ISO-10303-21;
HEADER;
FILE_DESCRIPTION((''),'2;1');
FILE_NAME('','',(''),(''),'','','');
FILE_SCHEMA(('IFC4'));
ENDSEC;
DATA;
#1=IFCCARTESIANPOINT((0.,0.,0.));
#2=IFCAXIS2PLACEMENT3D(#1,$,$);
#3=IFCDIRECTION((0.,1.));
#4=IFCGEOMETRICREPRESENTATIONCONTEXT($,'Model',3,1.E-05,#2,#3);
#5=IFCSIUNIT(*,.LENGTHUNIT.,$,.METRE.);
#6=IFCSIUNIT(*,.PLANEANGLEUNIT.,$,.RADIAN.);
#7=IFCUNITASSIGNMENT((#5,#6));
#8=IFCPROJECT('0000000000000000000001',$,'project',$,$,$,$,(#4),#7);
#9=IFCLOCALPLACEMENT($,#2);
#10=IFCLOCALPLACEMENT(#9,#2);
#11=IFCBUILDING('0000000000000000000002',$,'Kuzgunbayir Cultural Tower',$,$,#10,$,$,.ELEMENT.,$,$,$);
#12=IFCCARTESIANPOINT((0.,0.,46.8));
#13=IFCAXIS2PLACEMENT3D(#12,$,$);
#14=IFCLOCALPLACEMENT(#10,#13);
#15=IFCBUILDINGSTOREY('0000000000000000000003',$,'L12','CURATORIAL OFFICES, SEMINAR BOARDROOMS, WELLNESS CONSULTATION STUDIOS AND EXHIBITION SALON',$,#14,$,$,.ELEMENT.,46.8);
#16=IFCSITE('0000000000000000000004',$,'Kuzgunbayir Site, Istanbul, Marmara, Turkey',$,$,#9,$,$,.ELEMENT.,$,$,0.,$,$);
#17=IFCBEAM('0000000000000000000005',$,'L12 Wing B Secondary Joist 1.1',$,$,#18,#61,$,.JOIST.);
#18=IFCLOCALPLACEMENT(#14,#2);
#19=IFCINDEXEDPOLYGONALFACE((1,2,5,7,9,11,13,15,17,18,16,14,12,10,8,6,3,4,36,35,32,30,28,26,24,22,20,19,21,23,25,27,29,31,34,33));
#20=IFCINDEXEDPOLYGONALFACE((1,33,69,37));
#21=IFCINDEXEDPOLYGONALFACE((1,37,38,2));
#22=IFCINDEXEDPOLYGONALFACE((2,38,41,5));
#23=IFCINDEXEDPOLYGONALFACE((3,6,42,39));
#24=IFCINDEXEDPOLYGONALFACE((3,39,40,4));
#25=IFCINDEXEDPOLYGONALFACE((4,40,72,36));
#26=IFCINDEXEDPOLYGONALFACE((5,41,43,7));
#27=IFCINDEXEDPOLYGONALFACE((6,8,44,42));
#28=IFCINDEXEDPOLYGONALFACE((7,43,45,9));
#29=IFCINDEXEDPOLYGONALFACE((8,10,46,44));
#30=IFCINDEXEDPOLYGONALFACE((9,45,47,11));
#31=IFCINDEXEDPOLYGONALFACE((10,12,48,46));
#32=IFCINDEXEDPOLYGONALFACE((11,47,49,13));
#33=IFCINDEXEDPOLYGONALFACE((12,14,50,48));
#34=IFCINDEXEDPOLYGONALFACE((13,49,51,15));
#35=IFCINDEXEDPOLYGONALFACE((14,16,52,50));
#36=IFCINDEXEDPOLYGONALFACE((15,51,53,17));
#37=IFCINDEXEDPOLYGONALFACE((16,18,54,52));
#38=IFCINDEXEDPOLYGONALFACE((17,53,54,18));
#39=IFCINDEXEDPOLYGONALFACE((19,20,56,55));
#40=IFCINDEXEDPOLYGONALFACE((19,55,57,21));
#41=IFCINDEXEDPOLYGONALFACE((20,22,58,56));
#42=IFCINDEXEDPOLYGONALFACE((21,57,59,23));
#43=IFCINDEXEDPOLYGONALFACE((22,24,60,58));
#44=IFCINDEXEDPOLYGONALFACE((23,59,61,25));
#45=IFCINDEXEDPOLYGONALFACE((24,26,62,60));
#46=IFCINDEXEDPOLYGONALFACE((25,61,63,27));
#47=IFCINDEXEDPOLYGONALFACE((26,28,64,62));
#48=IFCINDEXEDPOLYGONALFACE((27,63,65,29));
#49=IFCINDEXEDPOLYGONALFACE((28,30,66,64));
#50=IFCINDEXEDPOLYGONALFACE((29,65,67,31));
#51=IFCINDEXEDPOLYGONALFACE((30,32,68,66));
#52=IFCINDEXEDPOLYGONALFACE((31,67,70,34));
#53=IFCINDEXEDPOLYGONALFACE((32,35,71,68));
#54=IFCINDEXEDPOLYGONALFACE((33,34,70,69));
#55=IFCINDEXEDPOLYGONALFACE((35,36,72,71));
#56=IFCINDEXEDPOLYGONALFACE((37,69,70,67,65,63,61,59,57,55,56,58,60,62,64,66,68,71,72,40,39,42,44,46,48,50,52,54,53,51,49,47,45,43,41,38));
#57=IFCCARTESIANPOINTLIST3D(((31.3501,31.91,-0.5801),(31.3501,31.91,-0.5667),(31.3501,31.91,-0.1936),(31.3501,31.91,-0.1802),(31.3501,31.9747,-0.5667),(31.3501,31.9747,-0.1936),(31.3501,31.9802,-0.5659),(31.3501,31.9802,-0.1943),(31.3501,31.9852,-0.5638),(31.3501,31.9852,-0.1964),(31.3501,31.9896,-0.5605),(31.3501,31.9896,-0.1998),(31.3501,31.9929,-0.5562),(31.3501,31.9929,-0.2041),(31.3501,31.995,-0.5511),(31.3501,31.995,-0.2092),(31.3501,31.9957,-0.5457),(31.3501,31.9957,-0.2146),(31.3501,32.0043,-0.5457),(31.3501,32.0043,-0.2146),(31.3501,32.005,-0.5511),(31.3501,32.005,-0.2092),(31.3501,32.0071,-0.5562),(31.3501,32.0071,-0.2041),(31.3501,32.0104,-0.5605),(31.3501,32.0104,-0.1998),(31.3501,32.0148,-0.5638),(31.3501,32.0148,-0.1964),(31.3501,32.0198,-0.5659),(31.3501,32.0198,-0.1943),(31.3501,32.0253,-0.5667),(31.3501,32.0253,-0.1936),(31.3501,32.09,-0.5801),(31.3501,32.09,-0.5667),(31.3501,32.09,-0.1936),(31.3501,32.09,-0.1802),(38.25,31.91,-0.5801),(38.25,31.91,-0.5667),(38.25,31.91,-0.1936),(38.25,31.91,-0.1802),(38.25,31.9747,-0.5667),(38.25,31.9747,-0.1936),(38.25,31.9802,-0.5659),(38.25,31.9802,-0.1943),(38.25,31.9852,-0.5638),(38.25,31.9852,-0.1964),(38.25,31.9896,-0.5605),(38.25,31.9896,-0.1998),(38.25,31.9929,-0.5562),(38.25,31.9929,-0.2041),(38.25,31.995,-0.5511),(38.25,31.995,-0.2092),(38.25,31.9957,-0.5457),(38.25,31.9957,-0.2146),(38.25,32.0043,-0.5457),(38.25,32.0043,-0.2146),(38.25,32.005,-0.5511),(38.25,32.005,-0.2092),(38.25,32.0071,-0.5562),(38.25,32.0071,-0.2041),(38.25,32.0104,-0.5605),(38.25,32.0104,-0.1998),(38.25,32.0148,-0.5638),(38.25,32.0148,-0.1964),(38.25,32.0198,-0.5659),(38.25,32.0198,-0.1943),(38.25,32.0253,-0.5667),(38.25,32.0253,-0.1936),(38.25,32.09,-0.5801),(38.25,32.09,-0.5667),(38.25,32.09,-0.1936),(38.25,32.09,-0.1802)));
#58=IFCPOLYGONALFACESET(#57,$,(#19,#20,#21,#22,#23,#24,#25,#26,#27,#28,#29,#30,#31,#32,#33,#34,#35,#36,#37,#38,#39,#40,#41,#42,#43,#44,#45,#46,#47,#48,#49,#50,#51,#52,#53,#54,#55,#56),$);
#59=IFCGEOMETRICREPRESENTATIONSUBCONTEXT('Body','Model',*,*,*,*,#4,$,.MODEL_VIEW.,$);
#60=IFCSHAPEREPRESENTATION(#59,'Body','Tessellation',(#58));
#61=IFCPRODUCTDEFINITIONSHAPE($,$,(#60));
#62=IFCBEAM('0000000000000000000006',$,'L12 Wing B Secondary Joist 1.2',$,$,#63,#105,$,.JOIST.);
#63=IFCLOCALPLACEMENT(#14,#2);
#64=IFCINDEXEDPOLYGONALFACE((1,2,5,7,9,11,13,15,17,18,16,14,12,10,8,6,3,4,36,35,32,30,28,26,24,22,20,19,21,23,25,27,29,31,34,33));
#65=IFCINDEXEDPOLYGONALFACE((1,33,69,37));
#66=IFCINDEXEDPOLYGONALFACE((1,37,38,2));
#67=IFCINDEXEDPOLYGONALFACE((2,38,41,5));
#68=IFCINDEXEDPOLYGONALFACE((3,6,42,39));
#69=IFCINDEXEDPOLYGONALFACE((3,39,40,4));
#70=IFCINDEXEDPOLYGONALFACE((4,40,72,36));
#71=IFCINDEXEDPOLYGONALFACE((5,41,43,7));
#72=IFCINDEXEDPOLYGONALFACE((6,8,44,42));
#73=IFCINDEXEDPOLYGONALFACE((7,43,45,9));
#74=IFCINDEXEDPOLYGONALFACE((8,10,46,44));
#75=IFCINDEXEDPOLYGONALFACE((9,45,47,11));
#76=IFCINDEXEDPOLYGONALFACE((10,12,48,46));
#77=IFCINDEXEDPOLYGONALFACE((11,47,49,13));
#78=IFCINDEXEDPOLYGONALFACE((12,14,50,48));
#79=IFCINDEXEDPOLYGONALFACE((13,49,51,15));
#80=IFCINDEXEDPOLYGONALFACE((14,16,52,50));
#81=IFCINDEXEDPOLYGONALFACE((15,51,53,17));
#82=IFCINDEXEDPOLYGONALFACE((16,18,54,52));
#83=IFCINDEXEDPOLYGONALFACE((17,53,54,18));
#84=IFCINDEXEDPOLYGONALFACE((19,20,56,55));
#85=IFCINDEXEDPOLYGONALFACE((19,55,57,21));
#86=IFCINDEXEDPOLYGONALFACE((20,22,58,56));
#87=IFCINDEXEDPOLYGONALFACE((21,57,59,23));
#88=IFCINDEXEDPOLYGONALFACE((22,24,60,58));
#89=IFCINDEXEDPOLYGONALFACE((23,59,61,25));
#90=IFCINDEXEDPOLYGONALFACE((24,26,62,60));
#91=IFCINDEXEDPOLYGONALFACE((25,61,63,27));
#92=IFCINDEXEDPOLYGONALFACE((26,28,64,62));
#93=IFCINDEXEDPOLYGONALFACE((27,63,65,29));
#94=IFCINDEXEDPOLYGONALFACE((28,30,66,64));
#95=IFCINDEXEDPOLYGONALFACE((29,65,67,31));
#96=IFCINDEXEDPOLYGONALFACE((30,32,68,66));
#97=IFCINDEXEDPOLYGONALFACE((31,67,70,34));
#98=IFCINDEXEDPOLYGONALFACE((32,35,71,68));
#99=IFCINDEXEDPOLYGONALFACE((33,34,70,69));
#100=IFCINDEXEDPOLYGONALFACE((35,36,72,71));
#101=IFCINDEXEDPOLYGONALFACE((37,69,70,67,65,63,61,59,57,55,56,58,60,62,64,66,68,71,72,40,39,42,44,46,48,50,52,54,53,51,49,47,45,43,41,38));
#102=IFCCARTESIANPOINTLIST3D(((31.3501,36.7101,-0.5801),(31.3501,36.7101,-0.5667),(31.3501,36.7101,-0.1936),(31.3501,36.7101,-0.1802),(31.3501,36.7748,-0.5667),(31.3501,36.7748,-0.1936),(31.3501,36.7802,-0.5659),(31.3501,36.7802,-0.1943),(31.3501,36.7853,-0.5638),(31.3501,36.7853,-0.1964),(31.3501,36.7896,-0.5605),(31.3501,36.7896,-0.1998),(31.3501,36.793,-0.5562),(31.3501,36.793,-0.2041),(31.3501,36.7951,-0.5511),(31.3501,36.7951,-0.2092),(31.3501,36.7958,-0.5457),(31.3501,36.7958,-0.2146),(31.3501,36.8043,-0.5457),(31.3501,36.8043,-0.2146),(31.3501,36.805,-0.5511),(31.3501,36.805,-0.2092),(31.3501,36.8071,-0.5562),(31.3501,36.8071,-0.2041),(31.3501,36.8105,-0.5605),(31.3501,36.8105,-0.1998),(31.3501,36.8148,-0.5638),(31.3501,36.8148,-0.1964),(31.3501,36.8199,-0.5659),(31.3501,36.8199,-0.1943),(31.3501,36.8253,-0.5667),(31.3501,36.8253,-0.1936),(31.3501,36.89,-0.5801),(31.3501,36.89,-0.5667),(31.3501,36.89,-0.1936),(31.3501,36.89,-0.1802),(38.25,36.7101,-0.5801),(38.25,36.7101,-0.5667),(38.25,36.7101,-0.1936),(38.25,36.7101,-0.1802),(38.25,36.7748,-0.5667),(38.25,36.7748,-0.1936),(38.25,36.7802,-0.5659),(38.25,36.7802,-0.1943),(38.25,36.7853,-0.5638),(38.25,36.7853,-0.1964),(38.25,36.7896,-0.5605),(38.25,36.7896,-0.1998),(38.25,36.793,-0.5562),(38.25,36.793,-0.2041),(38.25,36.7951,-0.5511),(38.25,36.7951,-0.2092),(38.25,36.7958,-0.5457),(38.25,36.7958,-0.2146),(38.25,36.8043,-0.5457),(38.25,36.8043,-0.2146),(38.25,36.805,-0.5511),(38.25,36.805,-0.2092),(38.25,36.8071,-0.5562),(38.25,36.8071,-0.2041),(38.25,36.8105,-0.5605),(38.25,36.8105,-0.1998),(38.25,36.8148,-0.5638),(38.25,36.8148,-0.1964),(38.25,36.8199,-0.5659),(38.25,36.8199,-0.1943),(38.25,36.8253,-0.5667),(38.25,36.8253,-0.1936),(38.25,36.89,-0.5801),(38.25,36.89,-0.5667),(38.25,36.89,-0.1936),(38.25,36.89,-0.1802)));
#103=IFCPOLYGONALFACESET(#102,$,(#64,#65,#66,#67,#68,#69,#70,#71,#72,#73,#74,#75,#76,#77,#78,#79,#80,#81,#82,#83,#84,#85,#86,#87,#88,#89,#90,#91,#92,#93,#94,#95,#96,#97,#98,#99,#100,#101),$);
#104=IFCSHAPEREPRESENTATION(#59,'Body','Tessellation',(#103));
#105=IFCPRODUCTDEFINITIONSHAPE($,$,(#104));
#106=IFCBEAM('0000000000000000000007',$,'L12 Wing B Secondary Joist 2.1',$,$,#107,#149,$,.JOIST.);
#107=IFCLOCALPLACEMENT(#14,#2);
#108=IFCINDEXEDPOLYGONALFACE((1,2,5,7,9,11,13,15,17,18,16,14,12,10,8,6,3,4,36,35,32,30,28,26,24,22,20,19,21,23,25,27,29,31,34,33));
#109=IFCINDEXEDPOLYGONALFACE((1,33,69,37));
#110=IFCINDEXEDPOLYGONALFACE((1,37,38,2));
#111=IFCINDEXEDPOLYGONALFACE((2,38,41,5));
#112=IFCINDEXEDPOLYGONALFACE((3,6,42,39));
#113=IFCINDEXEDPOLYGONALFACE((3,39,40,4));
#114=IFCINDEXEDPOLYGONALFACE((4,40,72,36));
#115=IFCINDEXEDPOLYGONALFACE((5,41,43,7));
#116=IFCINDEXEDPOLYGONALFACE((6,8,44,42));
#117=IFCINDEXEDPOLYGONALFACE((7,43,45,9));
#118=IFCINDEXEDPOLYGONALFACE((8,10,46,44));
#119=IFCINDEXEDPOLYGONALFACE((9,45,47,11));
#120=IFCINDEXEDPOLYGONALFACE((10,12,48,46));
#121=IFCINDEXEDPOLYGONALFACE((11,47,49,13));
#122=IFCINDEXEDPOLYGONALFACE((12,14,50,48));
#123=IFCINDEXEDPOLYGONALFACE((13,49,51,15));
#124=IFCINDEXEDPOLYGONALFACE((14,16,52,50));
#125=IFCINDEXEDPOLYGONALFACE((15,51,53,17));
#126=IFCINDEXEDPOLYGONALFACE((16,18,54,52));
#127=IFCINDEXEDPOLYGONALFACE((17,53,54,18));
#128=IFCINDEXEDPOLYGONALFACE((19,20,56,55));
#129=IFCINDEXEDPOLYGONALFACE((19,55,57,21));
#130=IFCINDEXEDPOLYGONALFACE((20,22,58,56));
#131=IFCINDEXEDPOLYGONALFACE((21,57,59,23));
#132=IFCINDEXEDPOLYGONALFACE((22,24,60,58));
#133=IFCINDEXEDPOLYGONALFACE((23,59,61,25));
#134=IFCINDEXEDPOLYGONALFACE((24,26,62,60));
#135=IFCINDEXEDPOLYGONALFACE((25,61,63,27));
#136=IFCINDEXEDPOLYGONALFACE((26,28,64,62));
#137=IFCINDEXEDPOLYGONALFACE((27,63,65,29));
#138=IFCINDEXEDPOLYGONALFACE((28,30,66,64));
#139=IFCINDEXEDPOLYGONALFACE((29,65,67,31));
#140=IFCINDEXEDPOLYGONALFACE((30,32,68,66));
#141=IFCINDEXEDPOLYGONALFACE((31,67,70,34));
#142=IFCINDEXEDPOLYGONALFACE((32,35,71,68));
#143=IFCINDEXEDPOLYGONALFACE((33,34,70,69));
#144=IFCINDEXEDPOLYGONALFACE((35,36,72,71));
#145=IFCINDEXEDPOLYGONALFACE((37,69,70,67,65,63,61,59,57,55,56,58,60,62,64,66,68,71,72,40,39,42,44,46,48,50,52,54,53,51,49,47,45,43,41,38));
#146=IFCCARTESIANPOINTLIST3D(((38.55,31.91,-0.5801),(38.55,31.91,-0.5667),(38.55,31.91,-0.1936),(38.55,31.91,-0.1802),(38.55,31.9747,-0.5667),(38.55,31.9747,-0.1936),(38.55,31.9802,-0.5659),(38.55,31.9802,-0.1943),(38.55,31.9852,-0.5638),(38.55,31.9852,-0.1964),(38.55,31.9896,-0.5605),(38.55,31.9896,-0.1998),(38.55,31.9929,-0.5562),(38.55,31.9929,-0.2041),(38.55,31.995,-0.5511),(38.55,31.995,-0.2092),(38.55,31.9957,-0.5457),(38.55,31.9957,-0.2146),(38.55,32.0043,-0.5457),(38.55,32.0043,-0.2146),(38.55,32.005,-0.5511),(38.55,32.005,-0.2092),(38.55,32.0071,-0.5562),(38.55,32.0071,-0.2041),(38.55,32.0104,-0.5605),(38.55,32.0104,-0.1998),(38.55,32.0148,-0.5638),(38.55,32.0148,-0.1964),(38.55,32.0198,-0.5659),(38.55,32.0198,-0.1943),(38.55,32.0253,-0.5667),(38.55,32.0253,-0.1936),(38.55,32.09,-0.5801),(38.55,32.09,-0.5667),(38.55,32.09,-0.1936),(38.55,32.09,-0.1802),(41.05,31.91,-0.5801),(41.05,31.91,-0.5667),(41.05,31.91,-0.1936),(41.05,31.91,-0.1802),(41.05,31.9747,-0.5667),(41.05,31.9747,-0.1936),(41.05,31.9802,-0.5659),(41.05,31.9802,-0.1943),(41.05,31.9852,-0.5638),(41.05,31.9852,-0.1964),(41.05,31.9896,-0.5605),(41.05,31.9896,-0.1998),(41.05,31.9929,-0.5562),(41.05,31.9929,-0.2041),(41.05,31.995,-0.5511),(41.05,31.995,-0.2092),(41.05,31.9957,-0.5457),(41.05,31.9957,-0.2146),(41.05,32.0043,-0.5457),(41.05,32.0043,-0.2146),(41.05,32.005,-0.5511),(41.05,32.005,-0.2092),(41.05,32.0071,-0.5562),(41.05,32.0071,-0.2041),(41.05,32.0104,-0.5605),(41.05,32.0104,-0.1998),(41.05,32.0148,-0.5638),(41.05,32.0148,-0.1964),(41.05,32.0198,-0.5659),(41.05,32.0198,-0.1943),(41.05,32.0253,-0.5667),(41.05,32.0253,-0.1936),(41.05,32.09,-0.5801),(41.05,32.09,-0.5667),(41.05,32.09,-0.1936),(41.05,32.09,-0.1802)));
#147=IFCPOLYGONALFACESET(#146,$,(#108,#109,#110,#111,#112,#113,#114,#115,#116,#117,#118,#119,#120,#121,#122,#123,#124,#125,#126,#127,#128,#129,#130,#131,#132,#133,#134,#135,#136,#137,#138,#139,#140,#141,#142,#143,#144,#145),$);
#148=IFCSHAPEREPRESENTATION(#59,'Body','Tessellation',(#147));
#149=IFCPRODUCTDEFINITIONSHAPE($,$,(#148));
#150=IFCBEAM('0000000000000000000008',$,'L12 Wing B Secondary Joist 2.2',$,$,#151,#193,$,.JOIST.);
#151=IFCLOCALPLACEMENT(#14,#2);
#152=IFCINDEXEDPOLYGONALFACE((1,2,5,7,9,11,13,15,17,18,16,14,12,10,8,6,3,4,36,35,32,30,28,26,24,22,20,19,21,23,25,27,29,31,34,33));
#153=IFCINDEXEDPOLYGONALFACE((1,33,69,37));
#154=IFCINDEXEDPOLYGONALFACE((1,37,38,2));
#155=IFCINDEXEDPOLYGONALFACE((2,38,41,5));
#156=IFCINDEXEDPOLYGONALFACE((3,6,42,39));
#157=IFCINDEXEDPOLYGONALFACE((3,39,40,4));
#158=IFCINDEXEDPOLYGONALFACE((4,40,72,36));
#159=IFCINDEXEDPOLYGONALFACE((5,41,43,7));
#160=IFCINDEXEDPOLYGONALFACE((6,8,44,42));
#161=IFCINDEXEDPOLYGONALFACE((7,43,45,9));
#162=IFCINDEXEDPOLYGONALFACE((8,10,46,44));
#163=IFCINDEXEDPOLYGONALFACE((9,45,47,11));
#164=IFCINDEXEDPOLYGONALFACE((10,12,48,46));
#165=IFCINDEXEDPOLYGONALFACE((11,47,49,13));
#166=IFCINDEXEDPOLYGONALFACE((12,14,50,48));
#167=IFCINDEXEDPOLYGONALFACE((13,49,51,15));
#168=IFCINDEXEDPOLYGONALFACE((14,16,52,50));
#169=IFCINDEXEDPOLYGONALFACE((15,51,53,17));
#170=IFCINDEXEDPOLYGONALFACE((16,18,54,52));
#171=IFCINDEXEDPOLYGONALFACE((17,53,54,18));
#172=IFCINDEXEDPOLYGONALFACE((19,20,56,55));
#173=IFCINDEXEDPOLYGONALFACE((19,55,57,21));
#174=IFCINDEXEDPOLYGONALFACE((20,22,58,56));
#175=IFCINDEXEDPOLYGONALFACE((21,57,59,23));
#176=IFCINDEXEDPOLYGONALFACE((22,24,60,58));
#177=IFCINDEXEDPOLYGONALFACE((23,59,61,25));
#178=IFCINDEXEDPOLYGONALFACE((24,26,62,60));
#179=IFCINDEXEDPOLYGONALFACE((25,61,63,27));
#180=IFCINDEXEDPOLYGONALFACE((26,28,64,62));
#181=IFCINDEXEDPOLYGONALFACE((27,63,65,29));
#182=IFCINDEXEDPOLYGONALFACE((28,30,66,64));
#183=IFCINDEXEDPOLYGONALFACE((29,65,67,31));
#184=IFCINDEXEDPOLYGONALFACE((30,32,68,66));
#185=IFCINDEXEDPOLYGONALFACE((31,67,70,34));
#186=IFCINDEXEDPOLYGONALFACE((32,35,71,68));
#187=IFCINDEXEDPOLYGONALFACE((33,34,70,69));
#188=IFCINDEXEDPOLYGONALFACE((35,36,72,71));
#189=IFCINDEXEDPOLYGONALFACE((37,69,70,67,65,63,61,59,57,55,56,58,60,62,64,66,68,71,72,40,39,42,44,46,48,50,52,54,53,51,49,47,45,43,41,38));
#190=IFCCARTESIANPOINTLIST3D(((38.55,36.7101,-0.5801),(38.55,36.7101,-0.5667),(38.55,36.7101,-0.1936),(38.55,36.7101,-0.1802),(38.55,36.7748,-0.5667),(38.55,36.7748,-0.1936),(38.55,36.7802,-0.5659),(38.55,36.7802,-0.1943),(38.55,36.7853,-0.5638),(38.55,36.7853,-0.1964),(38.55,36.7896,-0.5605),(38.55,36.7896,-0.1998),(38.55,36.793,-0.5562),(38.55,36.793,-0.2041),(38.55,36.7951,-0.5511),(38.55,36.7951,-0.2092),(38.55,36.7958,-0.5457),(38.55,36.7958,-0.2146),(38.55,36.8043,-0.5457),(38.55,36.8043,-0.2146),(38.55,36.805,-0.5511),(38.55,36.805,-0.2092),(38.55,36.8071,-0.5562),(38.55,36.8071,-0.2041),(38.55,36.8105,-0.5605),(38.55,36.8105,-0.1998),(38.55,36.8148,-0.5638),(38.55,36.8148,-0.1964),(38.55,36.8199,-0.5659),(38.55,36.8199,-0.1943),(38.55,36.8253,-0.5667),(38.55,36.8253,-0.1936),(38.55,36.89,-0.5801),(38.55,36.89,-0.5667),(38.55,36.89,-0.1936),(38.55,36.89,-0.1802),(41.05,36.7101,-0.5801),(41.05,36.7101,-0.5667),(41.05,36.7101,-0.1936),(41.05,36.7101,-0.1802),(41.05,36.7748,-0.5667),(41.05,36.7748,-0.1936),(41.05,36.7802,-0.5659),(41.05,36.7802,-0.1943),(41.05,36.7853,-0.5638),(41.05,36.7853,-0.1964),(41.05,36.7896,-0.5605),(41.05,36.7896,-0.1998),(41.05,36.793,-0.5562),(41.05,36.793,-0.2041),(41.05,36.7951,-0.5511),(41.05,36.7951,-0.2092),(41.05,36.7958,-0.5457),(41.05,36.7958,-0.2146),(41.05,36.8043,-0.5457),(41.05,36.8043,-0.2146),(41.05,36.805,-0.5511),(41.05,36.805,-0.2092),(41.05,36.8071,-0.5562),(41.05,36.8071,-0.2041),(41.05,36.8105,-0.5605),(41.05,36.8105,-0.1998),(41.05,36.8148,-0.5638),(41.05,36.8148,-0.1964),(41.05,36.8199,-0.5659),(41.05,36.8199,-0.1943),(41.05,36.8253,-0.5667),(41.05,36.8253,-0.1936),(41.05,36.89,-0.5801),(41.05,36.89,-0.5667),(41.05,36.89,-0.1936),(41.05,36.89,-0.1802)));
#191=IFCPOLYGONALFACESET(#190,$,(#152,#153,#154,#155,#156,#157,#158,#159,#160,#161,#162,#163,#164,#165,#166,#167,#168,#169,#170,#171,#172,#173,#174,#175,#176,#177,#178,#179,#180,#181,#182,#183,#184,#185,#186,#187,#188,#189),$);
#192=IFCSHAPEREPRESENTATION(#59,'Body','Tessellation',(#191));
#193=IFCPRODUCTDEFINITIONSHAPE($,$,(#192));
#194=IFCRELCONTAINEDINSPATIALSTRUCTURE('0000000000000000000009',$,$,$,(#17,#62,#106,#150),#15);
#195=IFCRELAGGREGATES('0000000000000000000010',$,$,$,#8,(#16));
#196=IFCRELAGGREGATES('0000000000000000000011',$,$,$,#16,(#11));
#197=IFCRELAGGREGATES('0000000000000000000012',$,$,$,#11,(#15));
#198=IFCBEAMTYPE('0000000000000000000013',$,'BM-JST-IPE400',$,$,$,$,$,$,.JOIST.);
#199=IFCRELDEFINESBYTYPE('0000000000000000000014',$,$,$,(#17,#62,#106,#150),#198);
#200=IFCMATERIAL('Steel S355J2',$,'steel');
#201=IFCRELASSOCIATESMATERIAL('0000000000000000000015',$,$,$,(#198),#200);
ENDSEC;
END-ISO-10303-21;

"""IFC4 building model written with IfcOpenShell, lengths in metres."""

from ifc_helpers import new_model, si_unit, direction, frame, origin, origin_2d, place, context, subcontext, project, spatial, i_section, extrude, material, material_profile, profile_set, type_object, element, save


model = new_model("IFC4")

# Units and contexts
model_context = context("Model", 3, precision=1e-05, world=origin(), true_north=direction((0.0, 1.0)))
body_context = subcontext(model_context, "Body", "Model", "MODEL_VIEW")
ifc_project = project(units=[si_unit("LENGTHUNIT", "METRE"), si_unit("PLANEANGLEUNIT", "RADIAN")], contexts=[model_context])

# Site, building, storey
site_placement = place(None, origin())
site = spatial("IfcSite", under=ifc_project, at=site_placement, Name="Kuzgunbayir Site, Istanbul, Marmara, Turkey", CompositionType="ELEMENT", RefElevation=0.0)
building_placement = place(site_placement, origin())
building = spatial("IfcBuilding", under=site, at=building_placement, Name="Kuzgunbayir Cultural Tower", CompositionType="ELEMENT")
storey_placement = place(building_placement, frame((0.0, 0.0, 46.8)))
storey = spatial("IfcBuildingStorey", under=building, at=storey_placement, Name="L12", Description="CURATORIAL OFFICES, SEMINAR BOARDROOMS, WELLNESS CONSULTATION STUDIOS AND EXHIBITION SALON", CompositionType="ELEMENT", Elevation=46.8)

# Beams
ifc_material_1 = material(Name="Steel S355J2", Category="steel")
ifc_material_profile_1 = material_profile(ifc_material_1, i_section(OverallWidth=0.1799, OverallDepth=0.3999, WebThickness=0.0085, FlangeThickness=0.0134, FilletRadius=0.021, at=origin_2d()), Name="IPE 400")
ifc_profile_set_1 = profile_set([ifc_material_profile_1], Name="Steel S355J2")
beam_type_1 = type_object("IfcBeamType", Name="BM-JST-IPE400", PredefinedType="JOIST", material=ifc_profile_set_1)
for number, where, z_axis, x_axis, name in (
    (1, (31.3501, 32.0, -0.3801), (1.0, 0.0, 0.0), (0.0, 1.0, 0.0), "L12 Wing B Secondary Joist 1.1"),
    (2, (31.3501, 36.8, -0.3801), (1.0, 0.0, 0.0), (0.0, 1.0, 0.0), "L12 Wing B Secondary Joist 1.2"),
):
    element("IfcBeam", number, at=place(storey_placement, frame(where, z_axis=z_axis, x_axis=x_axis)), inside=storey, type_object=beam_type_1, Name=name, PredefinedType="JOIST", context=body_context, shape_type="SweptSolid", body=[
        extrude(i_section(OverallWidth=0.1799, OverallDepth=0.3999, WebThickness=0.0085, FlangeThickness=0.0134, FilletRadius=0.021, at=origin_2d()), origin(), (0.0, 0.0, 1.0), 6.8999),
    ])
for number, where, z_axis, x_axis, name in (
    (3, (38.55, 32.0, -0.3801), (1.0, 0.0, 0.0), (0.0, 1.0, 0.0), "L12 Wing B Secondary Joist 2.1"),
    (4, (38.55, 36.8, -0.3801), (1.0, 0.0, 0.0), (0.0, 1.0, 0.0), "L12 Wing B Secondary Joist 2.2"),
):
    element("IfcBeam", number, at=place(storey_placement, frame(where, z_axis=z_axis, x_axis=x_axis)), inside=storey, type_object=beam_type_1, Name=name, PredefinedType="JOIST", context=body_context, shape_type="SweptSolid", body=[
        extrude(i_section(OverallWidth=0.1799, OverallDepth=0.3999, WebThickness=0.0085, FlangeThickness=0.0134, FilletRadius=0.021, at=origin_2d()), origin(), (0.0, 0.0, 1.0), 2.5),
    ])

save(model, "model.ifc")
